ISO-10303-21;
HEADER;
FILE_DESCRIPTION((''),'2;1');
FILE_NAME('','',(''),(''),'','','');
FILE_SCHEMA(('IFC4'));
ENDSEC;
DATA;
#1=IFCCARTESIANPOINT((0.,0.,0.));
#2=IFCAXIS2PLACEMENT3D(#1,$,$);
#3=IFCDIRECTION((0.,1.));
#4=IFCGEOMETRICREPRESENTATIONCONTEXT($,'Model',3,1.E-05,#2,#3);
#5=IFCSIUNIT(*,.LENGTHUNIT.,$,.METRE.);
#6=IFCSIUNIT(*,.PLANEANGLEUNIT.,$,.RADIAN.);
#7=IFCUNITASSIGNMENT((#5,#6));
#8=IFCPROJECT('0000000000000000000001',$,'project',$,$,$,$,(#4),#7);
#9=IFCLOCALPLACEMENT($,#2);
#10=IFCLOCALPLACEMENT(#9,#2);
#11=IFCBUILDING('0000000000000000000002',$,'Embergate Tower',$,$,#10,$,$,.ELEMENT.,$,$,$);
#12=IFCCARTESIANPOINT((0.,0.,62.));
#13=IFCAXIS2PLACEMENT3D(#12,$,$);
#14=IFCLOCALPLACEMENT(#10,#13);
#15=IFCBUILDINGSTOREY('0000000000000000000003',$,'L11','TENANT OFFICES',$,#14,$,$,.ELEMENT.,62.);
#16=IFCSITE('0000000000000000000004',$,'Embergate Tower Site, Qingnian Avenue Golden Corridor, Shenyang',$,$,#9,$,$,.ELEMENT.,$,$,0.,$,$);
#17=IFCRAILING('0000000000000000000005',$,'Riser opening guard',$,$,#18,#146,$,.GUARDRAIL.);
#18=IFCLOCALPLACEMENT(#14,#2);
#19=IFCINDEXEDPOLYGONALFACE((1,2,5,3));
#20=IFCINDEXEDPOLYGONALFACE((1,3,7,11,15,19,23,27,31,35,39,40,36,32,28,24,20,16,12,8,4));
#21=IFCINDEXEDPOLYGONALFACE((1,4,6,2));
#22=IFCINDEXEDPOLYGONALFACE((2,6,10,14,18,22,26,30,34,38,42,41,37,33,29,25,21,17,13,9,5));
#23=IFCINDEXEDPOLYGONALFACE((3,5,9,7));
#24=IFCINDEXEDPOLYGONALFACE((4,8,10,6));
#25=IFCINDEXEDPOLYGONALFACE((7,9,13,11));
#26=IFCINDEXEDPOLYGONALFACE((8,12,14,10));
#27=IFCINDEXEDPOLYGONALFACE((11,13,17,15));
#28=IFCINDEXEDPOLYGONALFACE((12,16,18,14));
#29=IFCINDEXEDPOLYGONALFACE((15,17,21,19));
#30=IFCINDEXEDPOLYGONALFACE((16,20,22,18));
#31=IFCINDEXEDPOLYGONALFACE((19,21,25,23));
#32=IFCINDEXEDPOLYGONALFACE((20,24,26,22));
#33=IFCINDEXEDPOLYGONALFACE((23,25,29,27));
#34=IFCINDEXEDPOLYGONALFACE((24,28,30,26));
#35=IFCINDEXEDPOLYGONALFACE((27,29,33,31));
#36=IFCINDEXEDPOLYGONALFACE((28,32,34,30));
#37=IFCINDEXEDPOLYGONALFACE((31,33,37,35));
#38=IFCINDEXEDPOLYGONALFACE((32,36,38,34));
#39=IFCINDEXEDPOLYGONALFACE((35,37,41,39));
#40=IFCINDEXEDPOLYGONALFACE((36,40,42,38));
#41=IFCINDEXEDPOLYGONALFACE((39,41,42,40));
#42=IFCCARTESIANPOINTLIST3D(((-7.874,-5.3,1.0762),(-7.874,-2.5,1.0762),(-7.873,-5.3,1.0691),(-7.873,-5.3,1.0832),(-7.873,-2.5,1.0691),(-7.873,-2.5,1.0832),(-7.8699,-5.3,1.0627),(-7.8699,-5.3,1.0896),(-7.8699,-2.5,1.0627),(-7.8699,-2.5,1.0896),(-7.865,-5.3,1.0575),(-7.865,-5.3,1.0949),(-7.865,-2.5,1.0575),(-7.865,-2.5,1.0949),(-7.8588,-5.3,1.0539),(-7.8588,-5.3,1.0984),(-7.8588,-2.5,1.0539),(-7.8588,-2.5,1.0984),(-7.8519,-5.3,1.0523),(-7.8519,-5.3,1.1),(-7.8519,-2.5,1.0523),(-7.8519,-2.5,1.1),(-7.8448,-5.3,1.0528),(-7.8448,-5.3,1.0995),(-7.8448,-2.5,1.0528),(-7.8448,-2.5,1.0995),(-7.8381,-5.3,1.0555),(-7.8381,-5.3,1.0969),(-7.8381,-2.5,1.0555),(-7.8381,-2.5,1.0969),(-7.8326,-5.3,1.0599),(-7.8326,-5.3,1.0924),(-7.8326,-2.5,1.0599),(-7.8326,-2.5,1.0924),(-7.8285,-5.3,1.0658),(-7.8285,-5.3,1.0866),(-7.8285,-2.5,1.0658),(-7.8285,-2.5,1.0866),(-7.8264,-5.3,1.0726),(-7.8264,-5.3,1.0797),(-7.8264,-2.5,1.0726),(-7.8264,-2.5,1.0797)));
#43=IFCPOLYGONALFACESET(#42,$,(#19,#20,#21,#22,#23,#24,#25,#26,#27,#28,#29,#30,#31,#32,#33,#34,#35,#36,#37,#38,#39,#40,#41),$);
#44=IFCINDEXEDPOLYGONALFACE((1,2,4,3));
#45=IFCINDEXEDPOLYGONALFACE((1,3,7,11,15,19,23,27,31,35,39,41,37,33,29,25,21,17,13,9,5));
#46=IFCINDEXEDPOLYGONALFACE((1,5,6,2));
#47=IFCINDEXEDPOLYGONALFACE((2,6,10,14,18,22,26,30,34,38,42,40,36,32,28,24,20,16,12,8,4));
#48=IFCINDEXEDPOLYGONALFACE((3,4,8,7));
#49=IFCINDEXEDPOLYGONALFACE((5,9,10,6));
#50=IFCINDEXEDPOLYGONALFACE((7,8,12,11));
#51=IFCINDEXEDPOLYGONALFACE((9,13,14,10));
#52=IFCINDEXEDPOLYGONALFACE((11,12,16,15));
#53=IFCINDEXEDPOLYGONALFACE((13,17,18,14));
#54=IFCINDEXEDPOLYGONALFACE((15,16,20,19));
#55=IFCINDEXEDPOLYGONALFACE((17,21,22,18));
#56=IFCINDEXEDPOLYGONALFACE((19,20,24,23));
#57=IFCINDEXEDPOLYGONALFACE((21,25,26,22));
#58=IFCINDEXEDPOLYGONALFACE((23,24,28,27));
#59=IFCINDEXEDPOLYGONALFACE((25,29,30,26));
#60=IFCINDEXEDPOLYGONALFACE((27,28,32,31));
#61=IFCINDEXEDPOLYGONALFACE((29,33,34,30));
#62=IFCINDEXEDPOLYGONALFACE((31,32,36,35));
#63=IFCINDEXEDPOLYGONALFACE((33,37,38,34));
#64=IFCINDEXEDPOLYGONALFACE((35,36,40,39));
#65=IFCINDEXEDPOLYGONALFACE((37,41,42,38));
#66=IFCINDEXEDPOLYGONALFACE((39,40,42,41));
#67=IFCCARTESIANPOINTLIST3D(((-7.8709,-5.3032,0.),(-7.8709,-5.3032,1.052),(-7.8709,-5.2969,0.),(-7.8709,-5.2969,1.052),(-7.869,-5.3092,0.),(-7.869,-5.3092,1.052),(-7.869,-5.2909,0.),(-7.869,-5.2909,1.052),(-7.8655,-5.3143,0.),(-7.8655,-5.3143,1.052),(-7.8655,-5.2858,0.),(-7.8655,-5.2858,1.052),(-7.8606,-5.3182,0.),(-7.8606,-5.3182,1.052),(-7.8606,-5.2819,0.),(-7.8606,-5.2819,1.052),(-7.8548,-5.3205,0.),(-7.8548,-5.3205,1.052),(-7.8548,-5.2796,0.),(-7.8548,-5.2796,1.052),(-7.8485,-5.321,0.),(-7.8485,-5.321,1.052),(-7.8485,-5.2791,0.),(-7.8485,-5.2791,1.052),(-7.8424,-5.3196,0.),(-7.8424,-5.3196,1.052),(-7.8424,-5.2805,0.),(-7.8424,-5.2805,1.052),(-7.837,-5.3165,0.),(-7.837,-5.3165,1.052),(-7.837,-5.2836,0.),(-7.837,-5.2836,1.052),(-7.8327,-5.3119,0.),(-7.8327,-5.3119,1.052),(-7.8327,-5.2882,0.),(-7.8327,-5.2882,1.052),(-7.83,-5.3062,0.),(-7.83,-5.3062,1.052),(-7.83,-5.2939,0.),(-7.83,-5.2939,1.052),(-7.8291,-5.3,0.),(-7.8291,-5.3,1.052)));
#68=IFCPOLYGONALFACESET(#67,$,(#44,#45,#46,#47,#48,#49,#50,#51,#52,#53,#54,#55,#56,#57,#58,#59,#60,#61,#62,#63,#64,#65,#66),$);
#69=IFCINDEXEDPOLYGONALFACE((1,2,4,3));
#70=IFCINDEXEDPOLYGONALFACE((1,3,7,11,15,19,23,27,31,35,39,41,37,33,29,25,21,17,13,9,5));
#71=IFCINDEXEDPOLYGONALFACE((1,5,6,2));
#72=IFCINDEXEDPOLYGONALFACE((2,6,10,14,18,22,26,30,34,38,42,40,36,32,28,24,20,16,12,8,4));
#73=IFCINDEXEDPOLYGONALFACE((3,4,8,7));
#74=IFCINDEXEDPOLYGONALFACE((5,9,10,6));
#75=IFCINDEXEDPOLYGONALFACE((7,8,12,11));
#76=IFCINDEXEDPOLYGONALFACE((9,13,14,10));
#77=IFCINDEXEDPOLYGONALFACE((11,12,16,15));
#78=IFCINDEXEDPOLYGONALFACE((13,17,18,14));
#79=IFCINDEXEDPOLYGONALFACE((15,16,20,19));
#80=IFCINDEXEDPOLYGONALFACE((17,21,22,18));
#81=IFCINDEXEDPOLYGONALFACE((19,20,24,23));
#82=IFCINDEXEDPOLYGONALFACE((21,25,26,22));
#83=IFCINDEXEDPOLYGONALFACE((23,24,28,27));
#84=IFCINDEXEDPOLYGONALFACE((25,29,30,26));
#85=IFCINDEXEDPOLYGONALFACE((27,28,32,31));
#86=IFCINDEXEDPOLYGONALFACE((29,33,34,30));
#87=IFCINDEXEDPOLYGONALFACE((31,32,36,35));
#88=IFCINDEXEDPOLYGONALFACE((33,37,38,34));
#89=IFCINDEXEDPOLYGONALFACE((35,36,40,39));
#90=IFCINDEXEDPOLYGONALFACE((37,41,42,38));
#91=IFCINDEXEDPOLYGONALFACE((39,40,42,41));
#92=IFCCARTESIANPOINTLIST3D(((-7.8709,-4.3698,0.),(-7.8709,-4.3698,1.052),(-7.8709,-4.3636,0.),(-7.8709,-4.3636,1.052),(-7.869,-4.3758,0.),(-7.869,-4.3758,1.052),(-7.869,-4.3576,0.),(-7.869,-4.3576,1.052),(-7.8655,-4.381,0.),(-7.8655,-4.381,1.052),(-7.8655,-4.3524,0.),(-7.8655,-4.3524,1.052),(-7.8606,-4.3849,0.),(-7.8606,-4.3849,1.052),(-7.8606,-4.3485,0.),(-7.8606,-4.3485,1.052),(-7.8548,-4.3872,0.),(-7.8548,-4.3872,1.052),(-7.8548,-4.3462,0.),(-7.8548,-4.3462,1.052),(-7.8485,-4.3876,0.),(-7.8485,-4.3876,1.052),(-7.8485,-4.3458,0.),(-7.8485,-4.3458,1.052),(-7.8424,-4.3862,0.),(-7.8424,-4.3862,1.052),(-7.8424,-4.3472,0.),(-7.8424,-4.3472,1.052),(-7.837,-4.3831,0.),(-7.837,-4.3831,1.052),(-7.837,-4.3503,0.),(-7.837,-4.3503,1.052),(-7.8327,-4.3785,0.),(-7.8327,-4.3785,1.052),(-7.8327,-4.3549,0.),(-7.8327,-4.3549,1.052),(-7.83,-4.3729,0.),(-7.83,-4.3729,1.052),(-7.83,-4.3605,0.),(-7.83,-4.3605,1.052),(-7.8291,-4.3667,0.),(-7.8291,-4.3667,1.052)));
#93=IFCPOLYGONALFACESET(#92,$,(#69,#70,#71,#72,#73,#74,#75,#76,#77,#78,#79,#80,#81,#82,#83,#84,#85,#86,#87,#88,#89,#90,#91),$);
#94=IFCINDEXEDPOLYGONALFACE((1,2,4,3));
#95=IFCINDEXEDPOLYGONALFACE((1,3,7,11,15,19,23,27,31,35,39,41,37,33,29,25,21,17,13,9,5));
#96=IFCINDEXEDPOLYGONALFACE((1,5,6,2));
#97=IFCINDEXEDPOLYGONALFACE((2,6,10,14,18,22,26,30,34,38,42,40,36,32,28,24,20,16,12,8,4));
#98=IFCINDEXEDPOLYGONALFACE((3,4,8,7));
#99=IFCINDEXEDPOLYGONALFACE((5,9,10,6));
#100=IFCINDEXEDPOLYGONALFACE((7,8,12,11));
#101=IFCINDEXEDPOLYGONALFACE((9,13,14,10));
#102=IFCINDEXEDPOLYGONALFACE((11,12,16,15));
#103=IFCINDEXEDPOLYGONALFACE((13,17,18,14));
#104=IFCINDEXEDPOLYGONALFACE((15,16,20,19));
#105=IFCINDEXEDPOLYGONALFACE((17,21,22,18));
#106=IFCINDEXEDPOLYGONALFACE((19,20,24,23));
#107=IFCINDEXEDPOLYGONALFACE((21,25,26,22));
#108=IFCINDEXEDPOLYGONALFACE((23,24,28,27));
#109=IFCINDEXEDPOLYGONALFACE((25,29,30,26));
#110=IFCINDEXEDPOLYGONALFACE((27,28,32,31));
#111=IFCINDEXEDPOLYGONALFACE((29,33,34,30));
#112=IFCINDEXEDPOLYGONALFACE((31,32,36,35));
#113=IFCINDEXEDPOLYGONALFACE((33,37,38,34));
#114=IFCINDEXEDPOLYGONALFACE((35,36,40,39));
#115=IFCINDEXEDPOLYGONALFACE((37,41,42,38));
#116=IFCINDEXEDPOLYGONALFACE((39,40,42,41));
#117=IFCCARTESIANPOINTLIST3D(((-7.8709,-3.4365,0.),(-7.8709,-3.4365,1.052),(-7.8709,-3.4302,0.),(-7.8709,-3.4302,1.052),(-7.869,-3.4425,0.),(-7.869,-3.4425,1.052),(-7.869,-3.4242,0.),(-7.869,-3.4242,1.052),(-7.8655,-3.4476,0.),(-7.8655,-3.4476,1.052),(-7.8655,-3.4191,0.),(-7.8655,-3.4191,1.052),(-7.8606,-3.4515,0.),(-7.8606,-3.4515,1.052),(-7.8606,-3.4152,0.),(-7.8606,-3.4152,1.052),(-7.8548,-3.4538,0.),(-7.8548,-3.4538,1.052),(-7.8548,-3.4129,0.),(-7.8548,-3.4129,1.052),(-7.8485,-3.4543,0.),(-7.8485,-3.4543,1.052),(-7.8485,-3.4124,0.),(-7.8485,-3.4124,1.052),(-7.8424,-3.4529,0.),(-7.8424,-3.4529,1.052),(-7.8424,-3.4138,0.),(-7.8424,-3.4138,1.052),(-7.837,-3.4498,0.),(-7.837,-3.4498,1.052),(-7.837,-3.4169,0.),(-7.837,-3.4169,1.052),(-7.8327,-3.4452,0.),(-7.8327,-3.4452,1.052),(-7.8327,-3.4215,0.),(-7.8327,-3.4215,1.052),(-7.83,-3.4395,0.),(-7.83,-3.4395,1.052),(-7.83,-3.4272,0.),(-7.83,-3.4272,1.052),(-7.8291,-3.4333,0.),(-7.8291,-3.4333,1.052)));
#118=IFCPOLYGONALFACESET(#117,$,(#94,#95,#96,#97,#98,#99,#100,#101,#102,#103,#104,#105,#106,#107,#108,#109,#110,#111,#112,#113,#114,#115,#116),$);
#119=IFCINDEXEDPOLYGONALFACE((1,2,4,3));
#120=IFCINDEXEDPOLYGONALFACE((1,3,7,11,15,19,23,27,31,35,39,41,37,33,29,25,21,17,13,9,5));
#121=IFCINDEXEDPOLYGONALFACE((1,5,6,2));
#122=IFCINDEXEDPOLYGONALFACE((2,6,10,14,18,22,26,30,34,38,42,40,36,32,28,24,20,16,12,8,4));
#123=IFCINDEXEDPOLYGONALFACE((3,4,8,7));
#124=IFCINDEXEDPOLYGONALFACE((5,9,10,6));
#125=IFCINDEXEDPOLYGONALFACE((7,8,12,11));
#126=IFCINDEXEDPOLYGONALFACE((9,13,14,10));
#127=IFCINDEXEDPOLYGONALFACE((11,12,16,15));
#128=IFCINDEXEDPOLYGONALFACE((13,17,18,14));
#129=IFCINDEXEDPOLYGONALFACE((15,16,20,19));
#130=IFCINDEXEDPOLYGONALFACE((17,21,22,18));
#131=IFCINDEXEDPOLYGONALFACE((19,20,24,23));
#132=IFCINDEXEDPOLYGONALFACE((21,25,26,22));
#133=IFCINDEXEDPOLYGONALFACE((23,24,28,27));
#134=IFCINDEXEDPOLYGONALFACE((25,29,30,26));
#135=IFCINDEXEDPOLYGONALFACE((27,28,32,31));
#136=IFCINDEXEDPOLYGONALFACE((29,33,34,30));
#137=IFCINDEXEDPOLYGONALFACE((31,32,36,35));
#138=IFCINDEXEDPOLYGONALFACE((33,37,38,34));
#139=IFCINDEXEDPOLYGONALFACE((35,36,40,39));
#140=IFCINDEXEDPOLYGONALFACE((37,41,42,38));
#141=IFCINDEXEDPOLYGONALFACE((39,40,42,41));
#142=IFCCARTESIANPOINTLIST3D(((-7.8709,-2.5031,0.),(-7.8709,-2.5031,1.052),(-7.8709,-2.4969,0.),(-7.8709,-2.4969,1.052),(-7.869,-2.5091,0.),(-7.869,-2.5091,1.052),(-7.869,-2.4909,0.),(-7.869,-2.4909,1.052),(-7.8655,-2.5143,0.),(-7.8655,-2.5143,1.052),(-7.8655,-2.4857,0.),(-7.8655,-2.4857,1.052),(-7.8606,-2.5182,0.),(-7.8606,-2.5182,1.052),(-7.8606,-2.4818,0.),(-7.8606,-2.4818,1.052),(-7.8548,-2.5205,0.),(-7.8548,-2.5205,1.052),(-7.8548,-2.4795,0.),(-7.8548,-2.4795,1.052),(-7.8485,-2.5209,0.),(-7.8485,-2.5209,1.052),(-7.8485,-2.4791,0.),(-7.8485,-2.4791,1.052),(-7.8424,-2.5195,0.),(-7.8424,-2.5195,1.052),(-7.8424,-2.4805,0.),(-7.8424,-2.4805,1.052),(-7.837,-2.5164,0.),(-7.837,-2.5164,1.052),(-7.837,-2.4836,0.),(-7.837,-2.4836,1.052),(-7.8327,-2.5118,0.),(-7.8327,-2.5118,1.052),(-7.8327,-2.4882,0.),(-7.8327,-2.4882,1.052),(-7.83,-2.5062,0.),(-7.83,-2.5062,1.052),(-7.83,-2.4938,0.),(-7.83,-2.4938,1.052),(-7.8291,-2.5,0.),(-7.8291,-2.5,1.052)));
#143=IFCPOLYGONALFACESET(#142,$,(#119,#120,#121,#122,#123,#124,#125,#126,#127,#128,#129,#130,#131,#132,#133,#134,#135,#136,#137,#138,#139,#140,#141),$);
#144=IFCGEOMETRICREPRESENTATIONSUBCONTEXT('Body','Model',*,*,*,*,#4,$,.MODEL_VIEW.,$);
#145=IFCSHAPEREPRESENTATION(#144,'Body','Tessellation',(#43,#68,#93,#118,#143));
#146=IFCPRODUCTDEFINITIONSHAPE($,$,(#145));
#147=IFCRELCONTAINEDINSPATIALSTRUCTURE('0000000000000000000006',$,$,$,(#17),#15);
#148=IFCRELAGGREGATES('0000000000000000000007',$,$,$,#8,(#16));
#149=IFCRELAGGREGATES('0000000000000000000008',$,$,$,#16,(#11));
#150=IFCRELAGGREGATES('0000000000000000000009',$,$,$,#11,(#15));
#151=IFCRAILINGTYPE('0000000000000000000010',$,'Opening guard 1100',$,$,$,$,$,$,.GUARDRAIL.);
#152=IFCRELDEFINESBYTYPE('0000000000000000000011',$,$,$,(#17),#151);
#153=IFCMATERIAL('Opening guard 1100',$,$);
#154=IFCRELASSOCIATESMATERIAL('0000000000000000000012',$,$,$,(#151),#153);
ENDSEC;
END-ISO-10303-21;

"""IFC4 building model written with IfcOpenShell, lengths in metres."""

from ifc_helpers import new_model, si_unit, direction, frame, origin, origin_2d, place, context, subcontext, project, spatial, circle, extrude, source, transform, mapped, material, type_object, element, save


model = new_model("IFC4")

# Units and contexts
model_context = context("Model", 3, precision=1e-05, world=origin(), true_north=direction((0.0, 1.0)))
body_context = subcontext(model_context, "Body", "Model", "MODEL_VIEW")
ifc_project = project(units=[si_unit("LENGTHUNIT", "METRE"), si_unit("PLANEANGLEUNIT", "RADIAN")], contexts=[model_context])

# Site, building, storey
site_placement = place(None, origin())
site = spatial("IfcSite", under=ifc_project, at=site_placement, Name="Embergate Tower Site, Qingnian Avenue Golden Corridor, Shenyang", CompositionType="ELEMENT", RefElevation=0.0)
building_placement = place(site_placement, origin())
building = spatial("IfcBuilding", under=site, at=building_placement, Name="Embergate Tower", CompositionType="ELEMENT")
storey_placement = place(building_placement, frame((0.0, 0.0, 62.0)))
storey = spatial("IfcBuildingStorey", under=building, at=storey_placement, Name="L11", Description="TENANT OFFICES", CompositionType="ELEMENT", Elevation=62.0)

# Railing
ifc_material_1 = material(Name="Opening guard 1100")
railing_type_1 = type_object("IfcRailingType", Name="Opening guard 1100", PredefinedType="GUARDRAIL", material=ifc_material_1)
shared_shape_1 = source(origin(), body_context, "Body", "SweptSolid", [
    extrude(circle(Radius=0.0239, at=origin_2d()), frame((0.0, 0.0, 1.0762), z_axis=(0.0, 1.0, 0.0), x_axis=(-1.0, 0.0, 0.0)), (0.0, 0.0, 1.0), 2.8),
    extrude(circle(Radius=0.021, at=origin_2d()), origin(), (0.0, 0.0, 1.0), 1.052),
    extrude(circle(Radius=0.021, at=origin_2d()), frame((0.0, 0.9333, 0.0)), (0.0, 0.0, 1.0), 1.052),
    extrude(circle(Radius=0.021, at=origin_2d()), frame((0.0, 1.8667, 0.0)), (0.0, 0.0, 1.0), 1.052),
    extrude(circle(Radius=0.021, at=origin_2d()), frame((0.0, 2.8, 0.0)), (0.0, 0.0, 1.0), 1.052),
])
railing_1_placement = place(storey_placement, frame((-7.8501, -5.3, 0.0)))
element("IfcRailing", 1, at=railing_1_placement, inside=storey, type_object=railing_type_1, Name="Riser opening guard", PredefinedType="GUARDRAIL", context=body_context, shape_type="MappedRepresentation", body=[
    mapped(shared_shape_1, transform((0.0, 0.0, 0.0))),
])

save(model, "model.ifc")
